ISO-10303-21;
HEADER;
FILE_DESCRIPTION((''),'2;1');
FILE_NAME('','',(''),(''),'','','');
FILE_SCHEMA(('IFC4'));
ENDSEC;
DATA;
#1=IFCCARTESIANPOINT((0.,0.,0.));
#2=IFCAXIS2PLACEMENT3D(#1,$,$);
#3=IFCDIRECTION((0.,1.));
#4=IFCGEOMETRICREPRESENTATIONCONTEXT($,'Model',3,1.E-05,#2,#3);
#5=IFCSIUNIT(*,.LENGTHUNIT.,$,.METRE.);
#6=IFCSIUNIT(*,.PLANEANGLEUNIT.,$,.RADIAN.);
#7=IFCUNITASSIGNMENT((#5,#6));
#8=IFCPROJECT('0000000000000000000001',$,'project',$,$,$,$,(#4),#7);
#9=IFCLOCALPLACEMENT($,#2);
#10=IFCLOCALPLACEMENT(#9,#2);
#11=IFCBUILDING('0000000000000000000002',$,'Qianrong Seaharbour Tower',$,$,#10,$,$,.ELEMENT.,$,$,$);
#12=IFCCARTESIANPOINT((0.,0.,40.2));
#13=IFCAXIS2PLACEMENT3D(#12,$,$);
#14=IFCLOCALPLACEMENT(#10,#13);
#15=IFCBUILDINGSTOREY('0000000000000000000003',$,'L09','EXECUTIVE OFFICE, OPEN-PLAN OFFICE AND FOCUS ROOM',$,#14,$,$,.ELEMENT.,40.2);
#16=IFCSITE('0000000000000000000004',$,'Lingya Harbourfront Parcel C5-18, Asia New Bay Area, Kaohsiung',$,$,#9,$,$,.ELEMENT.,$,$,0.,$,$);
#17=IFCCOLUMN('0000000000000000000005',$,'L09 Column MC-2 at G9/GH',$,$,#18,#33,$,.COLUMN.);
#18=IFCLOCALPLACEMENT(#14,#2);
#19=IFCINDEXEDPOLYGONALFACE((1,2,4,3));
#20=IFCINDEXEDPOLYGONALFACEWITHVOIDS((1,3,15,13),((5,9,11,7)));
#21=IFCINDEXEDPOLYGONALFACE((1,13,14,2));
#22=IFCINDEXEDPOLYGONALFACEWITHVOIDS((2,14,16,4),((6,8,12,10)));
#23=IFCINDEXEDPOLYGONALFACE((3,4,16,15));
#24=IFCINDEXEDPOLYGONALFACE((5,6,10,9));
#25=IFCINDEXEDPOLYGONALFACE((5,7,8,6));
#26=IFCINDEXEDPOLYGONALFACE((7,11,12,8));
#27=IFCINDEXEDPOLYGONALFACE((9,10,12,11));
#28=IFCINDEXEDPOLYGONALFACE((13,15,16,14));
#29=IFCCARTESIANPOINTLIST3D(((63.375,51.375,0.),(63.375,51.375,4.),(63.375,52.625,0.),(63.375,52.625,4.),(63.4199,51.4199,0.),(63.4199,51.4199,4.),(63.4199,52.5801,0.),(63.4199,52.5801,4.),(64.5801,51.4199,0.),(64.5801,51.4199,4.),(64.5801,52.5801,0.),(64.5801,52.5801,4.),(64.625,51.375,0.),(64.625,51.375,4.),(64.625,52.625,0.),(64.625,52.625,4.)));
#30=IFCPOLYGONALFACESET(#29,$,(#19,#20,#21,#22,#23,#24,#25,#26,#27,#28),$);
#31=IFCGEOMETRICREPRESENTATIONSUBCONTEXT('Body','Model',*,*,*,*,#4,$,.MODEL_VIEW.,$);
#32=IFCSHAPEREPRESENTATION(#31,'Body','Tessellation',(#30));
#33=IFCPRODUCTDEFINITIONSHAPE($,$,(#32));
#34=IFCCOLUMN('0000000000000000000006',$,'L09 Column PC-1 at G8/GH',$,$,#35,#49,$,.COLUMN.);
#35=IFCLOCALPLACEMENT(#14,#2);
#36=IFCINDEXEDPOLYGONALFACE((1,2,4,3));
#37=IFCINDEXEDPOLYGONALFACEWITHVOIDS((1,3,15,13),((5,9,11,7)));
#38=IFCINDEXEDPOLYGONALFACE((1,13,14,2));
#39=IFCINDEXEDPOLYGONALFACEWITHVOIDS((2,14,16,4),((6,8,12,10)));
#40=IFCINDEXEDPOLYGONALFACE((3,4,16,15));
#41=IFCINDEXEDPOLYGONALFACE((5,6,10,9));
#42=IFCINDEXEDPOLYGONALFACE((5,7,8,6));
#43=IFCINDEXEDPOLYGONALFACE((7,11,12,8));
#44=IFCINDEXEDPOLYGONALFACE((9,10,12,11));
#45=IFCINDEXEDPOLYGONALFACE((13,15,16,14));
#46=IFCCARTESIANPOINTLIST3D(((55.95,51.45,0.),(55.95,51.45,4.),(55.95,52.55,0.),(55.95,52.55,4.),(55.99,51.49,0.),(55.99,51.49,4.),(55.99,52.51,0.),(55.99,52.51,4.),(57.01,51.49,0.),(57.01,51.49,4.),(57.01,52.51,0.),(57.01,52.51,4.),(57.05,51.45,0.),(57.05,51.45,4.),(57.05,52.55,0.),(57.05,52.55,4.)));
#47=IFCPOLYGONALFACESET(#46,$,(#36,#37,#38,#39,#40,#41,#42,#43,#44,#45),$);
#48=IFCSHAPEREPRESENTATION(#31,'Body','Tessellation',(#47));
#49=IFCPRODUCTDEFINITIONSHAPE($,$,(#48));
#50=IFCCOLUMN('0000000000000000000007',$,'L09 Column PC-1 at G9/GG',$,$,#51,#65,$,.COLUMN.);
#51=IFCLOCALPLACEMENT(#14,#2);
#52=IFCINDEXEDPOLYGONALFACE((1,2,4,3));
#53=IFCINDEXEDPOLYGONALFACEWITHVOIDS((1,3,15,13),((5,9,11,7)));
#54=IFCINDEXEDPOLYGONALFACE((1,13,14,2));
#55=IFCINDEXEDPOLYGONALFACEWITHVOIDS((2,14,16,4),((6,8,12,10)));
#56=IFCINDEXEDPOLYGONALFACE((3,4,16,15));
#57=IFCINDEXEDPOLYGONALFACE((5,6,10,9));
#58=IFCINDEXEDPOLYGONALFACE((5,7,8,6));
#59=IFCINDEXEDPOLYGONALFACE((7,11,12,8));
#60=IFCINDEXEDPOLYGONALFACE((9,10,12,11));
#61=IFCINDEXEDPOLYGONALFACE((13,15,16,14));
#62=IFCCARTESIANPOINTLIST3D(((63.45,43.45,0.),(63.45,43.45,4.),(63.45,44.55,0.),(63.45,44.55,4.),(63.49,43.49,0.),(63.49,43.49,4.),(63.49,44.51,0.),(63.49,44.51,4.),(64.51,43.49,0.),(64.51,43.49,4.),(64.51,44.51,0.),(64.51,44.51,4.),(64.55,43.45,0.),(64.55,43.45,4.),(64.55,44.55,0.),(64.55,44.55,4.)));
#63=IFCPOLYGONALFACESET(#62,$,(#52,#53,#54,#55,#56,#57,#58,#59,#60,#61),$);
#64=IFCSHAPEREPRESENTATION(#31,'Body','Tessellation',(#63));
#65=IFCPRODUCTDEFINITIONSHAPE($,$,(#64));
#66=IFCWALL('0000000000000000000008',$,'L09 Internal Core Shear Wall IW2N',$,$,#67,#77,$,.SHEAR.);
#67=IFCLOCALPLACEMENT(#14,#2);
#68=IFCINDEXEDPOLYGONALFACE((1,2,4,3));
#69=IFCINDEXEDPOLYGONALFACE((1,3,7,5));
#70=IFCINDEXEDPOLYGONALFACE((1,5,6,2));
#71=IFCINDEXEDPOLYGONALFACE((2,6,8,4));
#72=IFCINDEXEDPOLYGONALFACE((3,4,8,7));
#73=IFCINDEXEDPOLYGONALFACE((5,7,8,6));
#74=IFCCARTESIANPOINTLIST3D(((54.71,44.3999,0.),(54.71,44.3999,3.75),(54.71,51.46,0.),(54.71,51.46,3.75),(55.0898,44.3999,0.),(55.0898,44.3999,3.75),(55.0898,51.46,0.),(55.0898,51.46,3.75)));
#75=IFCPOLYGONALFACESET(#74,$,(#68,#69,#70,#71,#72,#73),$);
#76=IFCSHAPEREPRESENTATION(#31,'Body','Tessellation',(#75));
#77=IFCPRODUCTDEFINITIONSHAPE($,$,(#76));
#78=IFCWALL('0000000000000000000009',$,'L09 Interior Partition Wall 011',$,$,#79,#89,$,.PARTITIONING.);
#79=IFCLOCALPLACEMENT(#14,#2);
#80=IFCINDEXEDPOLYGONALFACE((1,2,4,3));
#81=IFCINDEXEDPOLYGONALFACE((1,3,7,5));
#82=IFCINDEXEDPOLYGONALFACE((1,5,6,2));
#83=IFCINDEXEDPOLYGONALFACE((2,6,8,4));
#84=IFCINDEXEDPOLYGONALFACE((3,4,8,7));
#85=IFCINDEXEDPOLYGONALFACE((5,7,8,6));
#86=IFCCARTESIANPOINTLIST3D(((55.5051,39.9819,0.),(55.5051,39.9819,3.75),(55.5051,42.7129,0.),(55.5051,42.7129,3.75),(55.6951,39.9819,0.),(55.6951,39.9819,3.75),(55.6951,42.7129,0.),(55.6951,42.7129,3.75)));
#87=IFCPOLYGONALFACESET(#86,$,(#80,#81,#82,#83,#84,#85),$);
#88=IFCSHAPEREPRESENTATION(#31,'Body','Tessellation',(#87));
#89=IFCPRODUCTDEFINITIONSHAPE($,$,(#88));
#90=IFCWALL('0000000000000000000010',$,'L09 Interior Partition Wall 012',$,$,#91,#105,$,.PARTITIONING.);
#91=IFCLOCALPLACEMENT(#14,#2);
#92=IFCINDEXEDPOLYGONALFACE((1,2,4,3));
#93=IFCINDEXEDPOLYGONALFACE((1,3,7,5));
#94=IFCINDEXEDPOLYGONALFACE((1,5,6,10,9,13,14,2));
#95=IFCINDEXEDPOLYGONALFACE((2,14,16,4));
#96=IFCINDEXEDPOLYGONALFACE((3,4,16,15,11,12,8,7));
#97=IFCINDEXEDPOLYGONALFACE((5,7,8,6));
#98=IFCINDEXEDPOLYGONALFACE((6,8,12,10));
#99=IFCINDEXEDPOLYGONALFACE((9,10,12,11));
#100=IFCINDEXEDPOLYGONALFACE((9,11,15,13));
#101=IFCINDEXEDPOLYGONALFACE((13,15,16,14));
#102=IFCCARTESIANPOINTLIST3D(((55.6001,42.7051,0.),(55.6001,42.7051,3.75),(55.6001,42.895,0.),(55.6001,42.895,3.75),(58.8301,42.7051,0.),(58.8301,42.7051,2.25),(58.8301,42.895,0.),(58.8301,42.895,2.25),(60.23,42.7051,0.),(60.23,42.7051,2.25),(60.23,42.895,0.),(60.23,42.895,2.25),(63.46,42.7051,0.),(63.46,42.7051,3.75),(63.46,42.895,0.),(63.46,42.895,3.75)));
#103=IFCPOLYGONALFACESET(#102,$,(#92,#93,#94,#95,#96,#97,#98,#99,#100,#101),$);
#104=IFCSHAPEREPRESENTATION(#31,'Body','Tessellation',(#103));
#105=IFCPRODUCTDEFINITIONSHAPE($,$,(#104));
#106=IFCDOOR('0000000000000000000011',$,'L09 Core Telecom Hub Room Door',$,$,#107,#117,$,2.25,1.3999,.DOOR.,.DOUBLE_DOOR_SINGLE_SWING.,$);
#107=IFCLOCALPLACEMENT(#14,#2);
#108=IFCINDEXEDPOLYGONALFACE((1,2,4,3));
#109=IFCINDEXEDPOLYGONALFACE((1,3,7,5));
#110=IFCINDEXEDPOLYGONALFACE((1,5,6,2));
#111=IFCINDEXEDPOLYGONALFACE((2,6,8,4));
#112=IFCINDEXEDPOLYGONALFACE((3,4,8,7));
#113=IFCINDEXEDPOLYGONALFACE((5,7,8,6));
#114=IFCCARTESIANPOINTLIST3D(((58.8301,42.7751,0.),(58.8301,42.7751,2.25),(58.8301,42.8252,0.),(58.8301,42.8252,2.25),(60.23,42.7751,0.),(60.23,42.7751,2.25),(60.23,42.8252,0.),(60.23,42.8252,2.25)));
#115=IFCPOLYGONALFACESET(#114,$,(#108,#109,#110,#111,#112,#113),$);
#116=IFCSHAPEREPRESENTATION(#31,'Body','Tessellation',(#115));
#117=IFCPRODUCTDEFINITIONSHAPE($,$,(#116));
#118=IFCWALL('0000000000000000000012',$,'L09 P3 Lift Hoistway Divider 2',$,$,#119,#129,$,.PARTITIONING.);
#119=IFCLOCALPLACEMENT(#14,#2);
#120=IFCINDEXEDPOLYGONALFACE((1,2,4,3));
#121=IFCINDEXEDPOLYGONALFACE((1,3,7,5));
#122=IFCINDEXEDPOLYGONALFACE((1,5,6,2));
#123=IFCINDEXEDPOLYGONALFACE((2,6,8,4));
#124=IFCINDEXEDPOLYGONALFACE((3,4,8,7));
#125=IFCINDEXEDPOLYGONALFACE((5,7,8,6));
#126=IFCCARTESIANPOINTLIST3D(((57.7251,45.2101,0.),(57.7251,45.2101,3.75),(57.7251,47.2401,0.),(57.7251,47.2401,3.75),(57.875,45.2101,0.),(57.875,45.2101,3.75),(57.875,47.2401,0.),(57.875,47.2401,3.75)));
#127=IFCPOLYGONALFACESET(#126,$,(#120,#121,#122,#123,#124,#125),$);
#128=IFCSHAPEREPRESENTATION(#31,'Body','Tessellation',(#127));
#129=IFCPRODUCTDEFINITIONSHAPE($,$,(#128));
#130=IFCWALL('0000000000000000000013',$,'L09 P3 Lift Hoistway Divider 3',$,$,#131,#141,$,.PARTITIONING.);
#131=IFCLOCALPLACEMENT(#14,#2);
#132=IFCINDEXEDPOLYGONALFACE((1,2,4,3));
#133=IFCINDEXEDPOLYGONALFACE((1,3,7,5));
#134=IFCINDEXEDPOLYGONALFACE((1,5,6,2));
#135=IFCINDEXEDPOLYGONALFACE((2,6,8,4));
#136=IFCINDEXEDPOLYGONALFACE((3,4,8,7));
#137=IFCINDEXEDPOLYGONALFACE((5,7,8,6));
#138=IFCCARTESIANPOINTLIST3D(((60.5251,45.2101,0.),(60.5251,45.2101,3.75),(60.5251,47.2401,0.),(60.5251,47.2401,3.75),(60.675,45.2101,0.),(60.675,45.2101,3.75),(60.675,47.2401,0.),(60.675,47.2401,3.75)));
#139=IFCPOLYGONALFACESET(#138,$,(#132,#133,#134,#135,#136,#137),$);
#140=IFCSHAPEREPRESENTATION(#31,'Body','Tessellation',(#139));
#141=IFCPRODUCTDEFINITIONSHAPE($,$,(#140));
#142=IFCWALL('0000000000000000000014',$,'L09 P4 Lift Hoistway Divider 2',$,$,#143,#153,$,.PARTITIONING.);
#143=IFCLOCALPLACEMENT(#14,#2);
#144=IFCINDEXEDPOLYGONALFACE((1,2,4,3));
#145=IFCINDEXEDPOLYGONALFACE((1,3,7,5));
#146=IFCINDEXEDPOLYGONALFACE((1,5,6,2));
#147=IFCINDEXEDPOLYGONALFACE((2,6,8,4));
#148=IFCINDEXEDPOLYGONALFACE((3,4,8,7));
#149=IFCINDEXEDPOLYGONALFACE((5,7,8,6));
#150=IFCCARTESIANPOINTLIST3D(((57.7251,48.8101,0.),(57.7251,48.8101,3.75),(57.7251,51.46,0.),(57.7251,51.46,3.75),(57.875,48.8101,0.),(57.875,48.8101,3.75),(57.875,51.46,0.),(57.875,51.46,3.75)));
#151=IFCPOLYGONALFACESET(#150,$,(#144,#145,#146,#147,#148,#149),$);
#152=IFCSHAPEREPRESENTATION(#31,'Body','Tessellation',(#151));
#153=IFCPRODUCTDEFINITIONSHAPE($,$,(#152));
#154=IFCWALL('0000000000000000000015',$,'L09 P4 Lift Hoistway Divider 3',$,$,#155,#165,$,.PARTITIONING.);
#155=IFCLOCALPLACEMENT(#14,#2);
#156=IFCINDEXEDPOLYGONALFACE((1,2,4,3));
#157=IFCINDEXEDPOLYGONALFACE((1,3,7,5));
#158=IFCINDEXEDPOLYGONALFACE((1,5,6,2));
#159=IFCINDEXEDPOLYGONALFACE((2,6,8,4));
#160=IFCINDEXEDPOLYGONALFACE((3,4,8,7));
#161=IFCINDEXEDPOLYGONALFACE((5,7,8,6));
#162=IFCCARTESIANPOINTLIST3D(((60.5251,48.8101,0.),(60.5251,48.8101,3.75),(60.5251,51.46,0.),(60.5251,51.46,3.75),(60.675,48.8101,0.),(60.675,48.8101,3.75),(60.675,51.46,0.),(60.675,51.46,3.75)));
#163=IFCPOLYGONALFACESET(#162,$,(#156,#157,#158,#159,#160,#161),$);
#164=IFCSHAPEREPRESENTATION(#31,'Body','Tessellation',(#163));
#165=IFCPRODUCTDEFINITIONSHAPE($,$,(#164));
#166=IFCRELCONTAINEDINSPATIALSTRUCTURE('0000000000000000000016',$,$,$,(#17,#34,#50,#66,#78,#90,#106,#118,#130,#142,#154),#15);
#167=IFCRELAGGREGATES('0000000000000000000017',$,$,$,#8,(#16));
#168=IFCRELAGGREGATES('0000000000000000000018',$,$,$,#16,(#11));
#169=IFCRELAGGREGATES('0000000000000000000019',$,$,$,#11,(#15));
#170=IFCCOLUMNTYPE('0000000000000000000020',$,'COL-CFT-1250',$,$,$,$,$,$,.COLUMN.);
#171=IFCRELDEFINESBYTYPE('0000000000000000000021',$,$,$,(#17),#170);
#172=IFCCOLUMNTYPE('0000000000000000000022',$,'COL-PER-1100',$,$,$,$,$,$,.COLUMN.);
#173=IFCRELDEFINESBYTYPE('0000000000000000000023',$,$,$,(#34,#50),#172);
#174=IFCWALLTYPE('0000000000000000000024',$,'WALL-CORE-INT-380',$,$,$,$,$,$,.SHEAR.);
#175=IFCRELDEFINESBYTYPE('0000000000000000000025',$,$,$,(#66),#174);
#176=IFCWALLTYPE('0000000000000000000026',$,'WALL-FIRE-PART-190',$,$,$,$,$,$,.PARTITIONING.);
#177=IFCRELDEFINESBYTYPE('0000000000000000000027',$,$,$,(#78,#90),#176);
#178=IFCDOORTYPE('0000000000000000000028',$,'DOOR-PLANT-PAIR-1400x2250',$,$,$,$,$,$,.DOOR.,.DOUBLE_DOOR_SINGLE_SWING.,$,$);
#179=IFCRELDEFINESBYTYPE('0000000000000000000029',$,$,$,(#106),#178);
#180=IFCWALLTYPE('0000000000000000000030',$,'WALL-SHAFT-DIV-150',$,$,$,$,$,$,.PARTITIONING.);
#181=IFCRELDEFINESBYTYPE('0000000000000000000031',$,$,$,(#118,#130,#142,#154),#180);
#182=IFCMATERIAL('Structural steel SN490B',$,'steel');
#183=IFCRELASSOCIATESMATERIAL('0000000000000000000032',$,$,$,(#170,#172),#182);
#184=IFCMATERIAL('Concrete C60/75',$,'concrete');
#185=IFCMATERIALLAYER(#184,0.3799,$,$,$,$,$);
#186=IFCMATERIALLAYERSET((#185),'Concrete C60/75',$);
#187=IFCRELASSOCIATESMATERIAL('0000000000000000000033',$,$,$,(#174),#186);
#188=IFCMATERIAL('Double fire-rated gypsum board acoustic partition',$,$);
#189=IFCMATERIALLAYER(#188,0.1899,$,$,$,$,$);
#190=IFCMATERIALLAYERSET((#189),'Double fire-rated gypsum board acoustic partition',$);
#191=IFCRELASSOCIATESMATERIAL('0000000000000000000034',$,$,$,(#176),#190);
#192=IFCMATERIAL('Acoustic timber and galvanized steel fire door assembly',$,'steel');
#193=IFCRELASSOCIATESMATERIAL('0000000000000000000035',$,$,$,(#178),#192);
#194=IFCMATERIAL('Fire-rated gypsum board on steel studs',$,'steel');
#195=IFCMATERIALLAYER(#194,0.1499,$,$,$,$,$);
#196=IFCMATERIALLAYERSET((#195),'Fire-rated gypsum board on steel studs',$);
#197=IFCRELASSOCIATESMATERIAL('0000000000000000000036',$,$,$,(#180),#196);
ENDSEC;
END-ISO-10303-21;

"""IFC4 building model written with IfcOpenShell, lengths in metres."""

from ifc_helpers import new_model, si_unit, direction, frame, frame_2d, origin, origin_2d, place, context, subcontext, project, spatial, rectangle, hollow_rectangle, extrude, material, layer, layer_set, material_profile, profile_set, type_object, element, fill, save


model = new_model("IFC4")

# Units and contexts
model_context = context("Model", 3, precision=1e-05, world=origin(), true_north=direction((0.0, 1.0)))
body_context = subcontext(model_context, "Body", "Model", "MODEL_VIEW")
ifc_project = project(units=[si_unit("LENGTHUNIT", "METRE"), si_unit("PLANEANGLEUNIT", "RADIAN")], contexts=[model_context])

# Site, building, storey
site_placement = place(None, origin())
site = spatial("IfcSite", under=ifc_project, at=site_placement, Name="Lingya Harbourfront Parcel C5-18, Asia New Bay Area, Kaohsiung", CompositionType="ELEMENT", RefElevation=0.0)
building_placement = place(site_placement, origin())
building = spatial("IfcBuilding", under=site, at=building_placement, Name="Qianrong Seaharbour Tower", CompositionType="ELEMENT")
storey_placement = place(building_placement, frame((0.0, 0.0, 40.2)))
storey = spatial("IfcBuildingStorey", under=building, at=storey_placement, Name="L09", Description="EXECUTIVE OFFICE, OPEN-PLAN OFFICE AND FOCUS ROOM", CompositionType="ELEMENT", Elevation=40.2)

# Columns
ifc_material_1 = material(Name="Structural steel SN490B", Category="steel")
ifc_material_profile_1 = material_profile(ifc_material_1, hollow_rectangle(XDim=1.25, YDim=1.25, WallThickness=0.0449, at=origin_2d()), Name="BOX1250x1250x45")
ifc_profile_set_1 = profile_set([ifc_material_profile_1], Name="Structural steel SN490B")
column_type_1 = type_object("IfcColumnType", Name="COL-CFT-1250", PredefinedType="COLUMN", material=ifc_profile_set_1)
column_placement = place(storey_placement, frame((64.0, 52.0, 0.0), z_axis=(0.0, 0.0, 1.0), x_axis=(1.0, 0.0, 0.0)))
element("IfcColumn", 1, at=column_placement, inside=storey, type_object=column_type_1, Name="L09 Column MC-2 at G9/GH", PredefinedType="COLUMN", context=body_context, shape_type="SweptSolid", body=[
    extrude(hollow_rectangle(XDim=1.25, YDim=1.25, WallThickness=0.0449, at=origin_2d()), origin(), (0.0, 0.0, 1.0), 4.0),
])
ifc_material_profile_2 = material_profile(ifc_material_1, hollow_rectangle(XDim=1.1001, YDim=1.1001, WallThickness=0.04, at=origin_2d()), Name="BOX1100x1100x40")
ifc_profile_set_2 = profile_set([ifc_material_profile_2], Name="Structural steel SN490B")
column_type_2 = type_object("IfcColumnType", Name="COL-PER-1100", PredefinedType="COLUMN", material=ifc_profile_set_2)
for number, where, z_axis, x_axis, name in (
    (2, (56.5, 52.0, 0.0), (0.0, 0.0, 1.0), (1.0, 0.0, 0.0), "L09 Column PC-1 at G8/GH"),
    (3, (64.0, 44.0, 0.0), (0.0, 0.0, 1.0), (1.0, 0.0, 0.0), "L09 Column PC-1 at G9/GG"),
):
    element("IfcColumn", number, at=place(storey_placement, frame(where, z_axis=z_axis, x_axis=x_axis)), inside=storey, type_object=column_type_2, Name=name, PredefinedType="COLUMN", context=body_context, shape_type="SweptSolid", body=[
        extrude(hollow_rectangle(XDim=1.1001, YDim=1.1001, WallThickness=0.04, at=origin_2d()), origin(), (0.0, 0.0, 1.0), 4.0),
    ])

# Wall
ifc_material_2 = material(Name="Concrete C60/75", Category="concrete")
ifc_layer_1 = layer(ifc_material_2, 0.3799)
ifc_layer_set_1 = layer_set([ifc_layer_1], Name="Concrete C60/75")
wall_type_1 = type_object("IfcWallType", Name="WALL-CORE-INT-380", PredefinedType="SHEAR", material=ifc_layer_set_1)
wall_1_placement = place(storey_placement, frame((54.8999, 44.3999, 0.0), z_axis=(0.0, 0.0, 1.0), x_axis=(0.0, 1.0, 0.0)))
element("IfcWall", 4, at=wall_1_placement, inside=storey, type_object=wall_type_1, Name="L09 Internal Core Shear Wall IW2N", PredefinedType="SHEAR", context=body_context, shape_type="SweptSolid", body=[
    extrude(rectangle(XDim=7.0601, YDim=0.3799, at=frame_2d((3.53, 0.0))), origin(), (0.0, 0.0, 1.0), 3.75),
])

# Shared definitions
ifc_material_3 = material(Name="Double fire-rated gypsum board acoustic partition")
ifc_layer_2 = layer(ifc_material_3, 0.1899)
ifc_layer_set_2 = layer_set([ifc_layer_2], Name="Double fire-rated gypsum board acoustic partition")
wall_type_2 = type_object("IfcWallType", Name="WALL-FIRE-PART-190", PredefinedType="PARTITIONING", material=ifc_layer_set_2)
ifc_material_4 = material(Name="Acoustic timber and galvanized steel fire door assembly", Category="steel")

# Wall
wall_2_placement = place(storey_placement, frame((55.6001, 42.7129, 0.0), z_axis=(0.0, 0.0, 1.0), x_axis=(0.0, -1.0, 0.0)))
element("IfcWall", 5, at=wall_2_placement, inside=storey, type_object=wall_type_2, Name="L09 Interior Partition Wall 011", PredefinedType="PARTITIONING", context=body_context, shape_type="SweptSolid", body=[
    extrude(rectangle(XDim=2.731, YDim=0.1899, at=frame_2d((1.3655, 0.0))), origin(), (0.0, 0.0, 1.0), 3.75),
])

# Wall, opening, door
wall_3_placement = place(storey_placement, frame((63.46, 42.8, 0.0), z_axis=(0.0, 0.0, 1.0), x_axis=(-1.0, 0.0, 0.0)))
wall_3 = element("IfcWall", 6, at=wall_3_placement, inside=storey, type_object=wall_type_2, Name="L09 Interior Partition Wall 012", PredefinedType="PARTITIONING", context=body_context, shape_type="SweptSolid", body=[
    extrude(rectangle(XDim=7.8599, YDim=0.1899, at=frame_2d((3.9299, 0.0))), origin(), (0.0, 0.0, 1.0), 3.75),
])
opening_1_placement = place(wall_3_placement, frame((3.23, 0.0, 0.0)))
opening_1 = element("IfcOpeningElement", 7, at=opening_1_placement, cuts=wall_3, PredefinedType="OPENING", context=body_context, shape_type="SweptSolid", body=[
    extrude(rectangle(XDim=1.3999, YDim=2.25, at=frame_2d((0.7, 1.125))), frame((0.0, 0.105, 0.0), z_axis=(0.0, -1.0, 0.0), x_axis=(1.0, 0.0, 0.0)), (0.0, 0.0, 1.0), 0.21),
])
door_type_1 = type_object("IfcDoorType", Name="DOOR-PLANT-PAIR-1400x2250", OperationType="DOUBLE_DOOR_SINGLE_SWING", PredefinedType="DOOR", material=ifc_material_4)
door_1_placement = place(opening_1_placement, origin())
door_1 = element("IfcDoor", 8, at=door_1_placement, inside=storey, type_object=door_type_1, Name="L09 Core Telecom Hub Room Door", OperationType="DOUBLE_DOOR_SINGLE_SWING", OverallHeight=2.25, OverallWidth=1.3999, PredefinedType="DOOR", context=body_context, shape_type="SweptSolid", body=[
    extrude(rectangle(XDim=1.3999, YDim=2.25, at=frame_2d((0.7, 1.125))), frame((0.0, 0.0249, 0.0), z_axis=(0.0, -1.0, 0.0), x_axis=(1.0, 0.0, 0.0)), (0.0, 0.0, 1.0), 0.05),
])
fill(opening_1, door_1)

# Walls
ifc_material_5 = material(Name="Fire-rated gypsum board on steel studs", Category="steel")
ifc_layer_3 = layer(ifc_material_5, 0.1499)
ifc_layer_set_3 = layer_set([ifc_layer_3], Name="Fire-rated gypsum board on steel studs")
wall_type_3 = type_object("IfcWallType", Name="WALL-SHAFT-DIV-150", PredefinedType="PARTITIONING", material=ifc_layer_set_3)
for number, where, z_axis, x_axis, name in (
    (9, (57.8, 45.21, 0.0), (0.0, 0.0, 1.0), (0.0, 1.0, 0.0), "L09 P3 Lift Hoistway Divider 2"),
    (10, (60.6001, 45.21, 0.0), (0.0, 0.0, 1.0), (0.0, 1.0, 0.0), "L09 P3 Lift Hoistway Divider 3"),
):
    element("IfcWall", number, at=place(storey_placement, frame(where, z_axis=z_axis, x_axis=x_axis)), inside=storey, type_object=wall_type_3, Name=name, PredefinedType="PARTITIONING", context=body_context, shape_type="SweptSolid", body=[
        extrude(rectangle(XDim=2.03, YDim=0.1499, at=frame_2d((1.0151, 0.0))), origin(), (0.0, 0.0, 1.0), 3.75),
    ])
for number, where, z_axis, x_axis, name in (
    (11, (57.8, 48.8101, 0.0), (0.0, 0.0, 1.0), (0.0, 1.0, 0.0), "L09 P4 Lift Hoistway Divider 2"),
    (12, (60.6001, 48.8101, 0.0), (0.0, 0.0, 1.0), (0.0, 1.0, 0.0), "L09 P4 Lift Hoistway Divider 3"),
):
    element("IfcWall", number, at=place(storey_placement, frame(where, z_axis=z_axis, x_axis=x_axis)), inside=storey, type_object=wall_type_3, Name=name, PredefinedType="PARTITIONING", context=body_context, shape_type="SweptSolid", body=[
        extrude(rectangle(XDim=2.6499, YDim=0.1499, at=frame_2d((1.325, 0.0))), origin(), (0.0, 0.0, 1.0), 3.75),
    ])

save(model, "model.ifc")
